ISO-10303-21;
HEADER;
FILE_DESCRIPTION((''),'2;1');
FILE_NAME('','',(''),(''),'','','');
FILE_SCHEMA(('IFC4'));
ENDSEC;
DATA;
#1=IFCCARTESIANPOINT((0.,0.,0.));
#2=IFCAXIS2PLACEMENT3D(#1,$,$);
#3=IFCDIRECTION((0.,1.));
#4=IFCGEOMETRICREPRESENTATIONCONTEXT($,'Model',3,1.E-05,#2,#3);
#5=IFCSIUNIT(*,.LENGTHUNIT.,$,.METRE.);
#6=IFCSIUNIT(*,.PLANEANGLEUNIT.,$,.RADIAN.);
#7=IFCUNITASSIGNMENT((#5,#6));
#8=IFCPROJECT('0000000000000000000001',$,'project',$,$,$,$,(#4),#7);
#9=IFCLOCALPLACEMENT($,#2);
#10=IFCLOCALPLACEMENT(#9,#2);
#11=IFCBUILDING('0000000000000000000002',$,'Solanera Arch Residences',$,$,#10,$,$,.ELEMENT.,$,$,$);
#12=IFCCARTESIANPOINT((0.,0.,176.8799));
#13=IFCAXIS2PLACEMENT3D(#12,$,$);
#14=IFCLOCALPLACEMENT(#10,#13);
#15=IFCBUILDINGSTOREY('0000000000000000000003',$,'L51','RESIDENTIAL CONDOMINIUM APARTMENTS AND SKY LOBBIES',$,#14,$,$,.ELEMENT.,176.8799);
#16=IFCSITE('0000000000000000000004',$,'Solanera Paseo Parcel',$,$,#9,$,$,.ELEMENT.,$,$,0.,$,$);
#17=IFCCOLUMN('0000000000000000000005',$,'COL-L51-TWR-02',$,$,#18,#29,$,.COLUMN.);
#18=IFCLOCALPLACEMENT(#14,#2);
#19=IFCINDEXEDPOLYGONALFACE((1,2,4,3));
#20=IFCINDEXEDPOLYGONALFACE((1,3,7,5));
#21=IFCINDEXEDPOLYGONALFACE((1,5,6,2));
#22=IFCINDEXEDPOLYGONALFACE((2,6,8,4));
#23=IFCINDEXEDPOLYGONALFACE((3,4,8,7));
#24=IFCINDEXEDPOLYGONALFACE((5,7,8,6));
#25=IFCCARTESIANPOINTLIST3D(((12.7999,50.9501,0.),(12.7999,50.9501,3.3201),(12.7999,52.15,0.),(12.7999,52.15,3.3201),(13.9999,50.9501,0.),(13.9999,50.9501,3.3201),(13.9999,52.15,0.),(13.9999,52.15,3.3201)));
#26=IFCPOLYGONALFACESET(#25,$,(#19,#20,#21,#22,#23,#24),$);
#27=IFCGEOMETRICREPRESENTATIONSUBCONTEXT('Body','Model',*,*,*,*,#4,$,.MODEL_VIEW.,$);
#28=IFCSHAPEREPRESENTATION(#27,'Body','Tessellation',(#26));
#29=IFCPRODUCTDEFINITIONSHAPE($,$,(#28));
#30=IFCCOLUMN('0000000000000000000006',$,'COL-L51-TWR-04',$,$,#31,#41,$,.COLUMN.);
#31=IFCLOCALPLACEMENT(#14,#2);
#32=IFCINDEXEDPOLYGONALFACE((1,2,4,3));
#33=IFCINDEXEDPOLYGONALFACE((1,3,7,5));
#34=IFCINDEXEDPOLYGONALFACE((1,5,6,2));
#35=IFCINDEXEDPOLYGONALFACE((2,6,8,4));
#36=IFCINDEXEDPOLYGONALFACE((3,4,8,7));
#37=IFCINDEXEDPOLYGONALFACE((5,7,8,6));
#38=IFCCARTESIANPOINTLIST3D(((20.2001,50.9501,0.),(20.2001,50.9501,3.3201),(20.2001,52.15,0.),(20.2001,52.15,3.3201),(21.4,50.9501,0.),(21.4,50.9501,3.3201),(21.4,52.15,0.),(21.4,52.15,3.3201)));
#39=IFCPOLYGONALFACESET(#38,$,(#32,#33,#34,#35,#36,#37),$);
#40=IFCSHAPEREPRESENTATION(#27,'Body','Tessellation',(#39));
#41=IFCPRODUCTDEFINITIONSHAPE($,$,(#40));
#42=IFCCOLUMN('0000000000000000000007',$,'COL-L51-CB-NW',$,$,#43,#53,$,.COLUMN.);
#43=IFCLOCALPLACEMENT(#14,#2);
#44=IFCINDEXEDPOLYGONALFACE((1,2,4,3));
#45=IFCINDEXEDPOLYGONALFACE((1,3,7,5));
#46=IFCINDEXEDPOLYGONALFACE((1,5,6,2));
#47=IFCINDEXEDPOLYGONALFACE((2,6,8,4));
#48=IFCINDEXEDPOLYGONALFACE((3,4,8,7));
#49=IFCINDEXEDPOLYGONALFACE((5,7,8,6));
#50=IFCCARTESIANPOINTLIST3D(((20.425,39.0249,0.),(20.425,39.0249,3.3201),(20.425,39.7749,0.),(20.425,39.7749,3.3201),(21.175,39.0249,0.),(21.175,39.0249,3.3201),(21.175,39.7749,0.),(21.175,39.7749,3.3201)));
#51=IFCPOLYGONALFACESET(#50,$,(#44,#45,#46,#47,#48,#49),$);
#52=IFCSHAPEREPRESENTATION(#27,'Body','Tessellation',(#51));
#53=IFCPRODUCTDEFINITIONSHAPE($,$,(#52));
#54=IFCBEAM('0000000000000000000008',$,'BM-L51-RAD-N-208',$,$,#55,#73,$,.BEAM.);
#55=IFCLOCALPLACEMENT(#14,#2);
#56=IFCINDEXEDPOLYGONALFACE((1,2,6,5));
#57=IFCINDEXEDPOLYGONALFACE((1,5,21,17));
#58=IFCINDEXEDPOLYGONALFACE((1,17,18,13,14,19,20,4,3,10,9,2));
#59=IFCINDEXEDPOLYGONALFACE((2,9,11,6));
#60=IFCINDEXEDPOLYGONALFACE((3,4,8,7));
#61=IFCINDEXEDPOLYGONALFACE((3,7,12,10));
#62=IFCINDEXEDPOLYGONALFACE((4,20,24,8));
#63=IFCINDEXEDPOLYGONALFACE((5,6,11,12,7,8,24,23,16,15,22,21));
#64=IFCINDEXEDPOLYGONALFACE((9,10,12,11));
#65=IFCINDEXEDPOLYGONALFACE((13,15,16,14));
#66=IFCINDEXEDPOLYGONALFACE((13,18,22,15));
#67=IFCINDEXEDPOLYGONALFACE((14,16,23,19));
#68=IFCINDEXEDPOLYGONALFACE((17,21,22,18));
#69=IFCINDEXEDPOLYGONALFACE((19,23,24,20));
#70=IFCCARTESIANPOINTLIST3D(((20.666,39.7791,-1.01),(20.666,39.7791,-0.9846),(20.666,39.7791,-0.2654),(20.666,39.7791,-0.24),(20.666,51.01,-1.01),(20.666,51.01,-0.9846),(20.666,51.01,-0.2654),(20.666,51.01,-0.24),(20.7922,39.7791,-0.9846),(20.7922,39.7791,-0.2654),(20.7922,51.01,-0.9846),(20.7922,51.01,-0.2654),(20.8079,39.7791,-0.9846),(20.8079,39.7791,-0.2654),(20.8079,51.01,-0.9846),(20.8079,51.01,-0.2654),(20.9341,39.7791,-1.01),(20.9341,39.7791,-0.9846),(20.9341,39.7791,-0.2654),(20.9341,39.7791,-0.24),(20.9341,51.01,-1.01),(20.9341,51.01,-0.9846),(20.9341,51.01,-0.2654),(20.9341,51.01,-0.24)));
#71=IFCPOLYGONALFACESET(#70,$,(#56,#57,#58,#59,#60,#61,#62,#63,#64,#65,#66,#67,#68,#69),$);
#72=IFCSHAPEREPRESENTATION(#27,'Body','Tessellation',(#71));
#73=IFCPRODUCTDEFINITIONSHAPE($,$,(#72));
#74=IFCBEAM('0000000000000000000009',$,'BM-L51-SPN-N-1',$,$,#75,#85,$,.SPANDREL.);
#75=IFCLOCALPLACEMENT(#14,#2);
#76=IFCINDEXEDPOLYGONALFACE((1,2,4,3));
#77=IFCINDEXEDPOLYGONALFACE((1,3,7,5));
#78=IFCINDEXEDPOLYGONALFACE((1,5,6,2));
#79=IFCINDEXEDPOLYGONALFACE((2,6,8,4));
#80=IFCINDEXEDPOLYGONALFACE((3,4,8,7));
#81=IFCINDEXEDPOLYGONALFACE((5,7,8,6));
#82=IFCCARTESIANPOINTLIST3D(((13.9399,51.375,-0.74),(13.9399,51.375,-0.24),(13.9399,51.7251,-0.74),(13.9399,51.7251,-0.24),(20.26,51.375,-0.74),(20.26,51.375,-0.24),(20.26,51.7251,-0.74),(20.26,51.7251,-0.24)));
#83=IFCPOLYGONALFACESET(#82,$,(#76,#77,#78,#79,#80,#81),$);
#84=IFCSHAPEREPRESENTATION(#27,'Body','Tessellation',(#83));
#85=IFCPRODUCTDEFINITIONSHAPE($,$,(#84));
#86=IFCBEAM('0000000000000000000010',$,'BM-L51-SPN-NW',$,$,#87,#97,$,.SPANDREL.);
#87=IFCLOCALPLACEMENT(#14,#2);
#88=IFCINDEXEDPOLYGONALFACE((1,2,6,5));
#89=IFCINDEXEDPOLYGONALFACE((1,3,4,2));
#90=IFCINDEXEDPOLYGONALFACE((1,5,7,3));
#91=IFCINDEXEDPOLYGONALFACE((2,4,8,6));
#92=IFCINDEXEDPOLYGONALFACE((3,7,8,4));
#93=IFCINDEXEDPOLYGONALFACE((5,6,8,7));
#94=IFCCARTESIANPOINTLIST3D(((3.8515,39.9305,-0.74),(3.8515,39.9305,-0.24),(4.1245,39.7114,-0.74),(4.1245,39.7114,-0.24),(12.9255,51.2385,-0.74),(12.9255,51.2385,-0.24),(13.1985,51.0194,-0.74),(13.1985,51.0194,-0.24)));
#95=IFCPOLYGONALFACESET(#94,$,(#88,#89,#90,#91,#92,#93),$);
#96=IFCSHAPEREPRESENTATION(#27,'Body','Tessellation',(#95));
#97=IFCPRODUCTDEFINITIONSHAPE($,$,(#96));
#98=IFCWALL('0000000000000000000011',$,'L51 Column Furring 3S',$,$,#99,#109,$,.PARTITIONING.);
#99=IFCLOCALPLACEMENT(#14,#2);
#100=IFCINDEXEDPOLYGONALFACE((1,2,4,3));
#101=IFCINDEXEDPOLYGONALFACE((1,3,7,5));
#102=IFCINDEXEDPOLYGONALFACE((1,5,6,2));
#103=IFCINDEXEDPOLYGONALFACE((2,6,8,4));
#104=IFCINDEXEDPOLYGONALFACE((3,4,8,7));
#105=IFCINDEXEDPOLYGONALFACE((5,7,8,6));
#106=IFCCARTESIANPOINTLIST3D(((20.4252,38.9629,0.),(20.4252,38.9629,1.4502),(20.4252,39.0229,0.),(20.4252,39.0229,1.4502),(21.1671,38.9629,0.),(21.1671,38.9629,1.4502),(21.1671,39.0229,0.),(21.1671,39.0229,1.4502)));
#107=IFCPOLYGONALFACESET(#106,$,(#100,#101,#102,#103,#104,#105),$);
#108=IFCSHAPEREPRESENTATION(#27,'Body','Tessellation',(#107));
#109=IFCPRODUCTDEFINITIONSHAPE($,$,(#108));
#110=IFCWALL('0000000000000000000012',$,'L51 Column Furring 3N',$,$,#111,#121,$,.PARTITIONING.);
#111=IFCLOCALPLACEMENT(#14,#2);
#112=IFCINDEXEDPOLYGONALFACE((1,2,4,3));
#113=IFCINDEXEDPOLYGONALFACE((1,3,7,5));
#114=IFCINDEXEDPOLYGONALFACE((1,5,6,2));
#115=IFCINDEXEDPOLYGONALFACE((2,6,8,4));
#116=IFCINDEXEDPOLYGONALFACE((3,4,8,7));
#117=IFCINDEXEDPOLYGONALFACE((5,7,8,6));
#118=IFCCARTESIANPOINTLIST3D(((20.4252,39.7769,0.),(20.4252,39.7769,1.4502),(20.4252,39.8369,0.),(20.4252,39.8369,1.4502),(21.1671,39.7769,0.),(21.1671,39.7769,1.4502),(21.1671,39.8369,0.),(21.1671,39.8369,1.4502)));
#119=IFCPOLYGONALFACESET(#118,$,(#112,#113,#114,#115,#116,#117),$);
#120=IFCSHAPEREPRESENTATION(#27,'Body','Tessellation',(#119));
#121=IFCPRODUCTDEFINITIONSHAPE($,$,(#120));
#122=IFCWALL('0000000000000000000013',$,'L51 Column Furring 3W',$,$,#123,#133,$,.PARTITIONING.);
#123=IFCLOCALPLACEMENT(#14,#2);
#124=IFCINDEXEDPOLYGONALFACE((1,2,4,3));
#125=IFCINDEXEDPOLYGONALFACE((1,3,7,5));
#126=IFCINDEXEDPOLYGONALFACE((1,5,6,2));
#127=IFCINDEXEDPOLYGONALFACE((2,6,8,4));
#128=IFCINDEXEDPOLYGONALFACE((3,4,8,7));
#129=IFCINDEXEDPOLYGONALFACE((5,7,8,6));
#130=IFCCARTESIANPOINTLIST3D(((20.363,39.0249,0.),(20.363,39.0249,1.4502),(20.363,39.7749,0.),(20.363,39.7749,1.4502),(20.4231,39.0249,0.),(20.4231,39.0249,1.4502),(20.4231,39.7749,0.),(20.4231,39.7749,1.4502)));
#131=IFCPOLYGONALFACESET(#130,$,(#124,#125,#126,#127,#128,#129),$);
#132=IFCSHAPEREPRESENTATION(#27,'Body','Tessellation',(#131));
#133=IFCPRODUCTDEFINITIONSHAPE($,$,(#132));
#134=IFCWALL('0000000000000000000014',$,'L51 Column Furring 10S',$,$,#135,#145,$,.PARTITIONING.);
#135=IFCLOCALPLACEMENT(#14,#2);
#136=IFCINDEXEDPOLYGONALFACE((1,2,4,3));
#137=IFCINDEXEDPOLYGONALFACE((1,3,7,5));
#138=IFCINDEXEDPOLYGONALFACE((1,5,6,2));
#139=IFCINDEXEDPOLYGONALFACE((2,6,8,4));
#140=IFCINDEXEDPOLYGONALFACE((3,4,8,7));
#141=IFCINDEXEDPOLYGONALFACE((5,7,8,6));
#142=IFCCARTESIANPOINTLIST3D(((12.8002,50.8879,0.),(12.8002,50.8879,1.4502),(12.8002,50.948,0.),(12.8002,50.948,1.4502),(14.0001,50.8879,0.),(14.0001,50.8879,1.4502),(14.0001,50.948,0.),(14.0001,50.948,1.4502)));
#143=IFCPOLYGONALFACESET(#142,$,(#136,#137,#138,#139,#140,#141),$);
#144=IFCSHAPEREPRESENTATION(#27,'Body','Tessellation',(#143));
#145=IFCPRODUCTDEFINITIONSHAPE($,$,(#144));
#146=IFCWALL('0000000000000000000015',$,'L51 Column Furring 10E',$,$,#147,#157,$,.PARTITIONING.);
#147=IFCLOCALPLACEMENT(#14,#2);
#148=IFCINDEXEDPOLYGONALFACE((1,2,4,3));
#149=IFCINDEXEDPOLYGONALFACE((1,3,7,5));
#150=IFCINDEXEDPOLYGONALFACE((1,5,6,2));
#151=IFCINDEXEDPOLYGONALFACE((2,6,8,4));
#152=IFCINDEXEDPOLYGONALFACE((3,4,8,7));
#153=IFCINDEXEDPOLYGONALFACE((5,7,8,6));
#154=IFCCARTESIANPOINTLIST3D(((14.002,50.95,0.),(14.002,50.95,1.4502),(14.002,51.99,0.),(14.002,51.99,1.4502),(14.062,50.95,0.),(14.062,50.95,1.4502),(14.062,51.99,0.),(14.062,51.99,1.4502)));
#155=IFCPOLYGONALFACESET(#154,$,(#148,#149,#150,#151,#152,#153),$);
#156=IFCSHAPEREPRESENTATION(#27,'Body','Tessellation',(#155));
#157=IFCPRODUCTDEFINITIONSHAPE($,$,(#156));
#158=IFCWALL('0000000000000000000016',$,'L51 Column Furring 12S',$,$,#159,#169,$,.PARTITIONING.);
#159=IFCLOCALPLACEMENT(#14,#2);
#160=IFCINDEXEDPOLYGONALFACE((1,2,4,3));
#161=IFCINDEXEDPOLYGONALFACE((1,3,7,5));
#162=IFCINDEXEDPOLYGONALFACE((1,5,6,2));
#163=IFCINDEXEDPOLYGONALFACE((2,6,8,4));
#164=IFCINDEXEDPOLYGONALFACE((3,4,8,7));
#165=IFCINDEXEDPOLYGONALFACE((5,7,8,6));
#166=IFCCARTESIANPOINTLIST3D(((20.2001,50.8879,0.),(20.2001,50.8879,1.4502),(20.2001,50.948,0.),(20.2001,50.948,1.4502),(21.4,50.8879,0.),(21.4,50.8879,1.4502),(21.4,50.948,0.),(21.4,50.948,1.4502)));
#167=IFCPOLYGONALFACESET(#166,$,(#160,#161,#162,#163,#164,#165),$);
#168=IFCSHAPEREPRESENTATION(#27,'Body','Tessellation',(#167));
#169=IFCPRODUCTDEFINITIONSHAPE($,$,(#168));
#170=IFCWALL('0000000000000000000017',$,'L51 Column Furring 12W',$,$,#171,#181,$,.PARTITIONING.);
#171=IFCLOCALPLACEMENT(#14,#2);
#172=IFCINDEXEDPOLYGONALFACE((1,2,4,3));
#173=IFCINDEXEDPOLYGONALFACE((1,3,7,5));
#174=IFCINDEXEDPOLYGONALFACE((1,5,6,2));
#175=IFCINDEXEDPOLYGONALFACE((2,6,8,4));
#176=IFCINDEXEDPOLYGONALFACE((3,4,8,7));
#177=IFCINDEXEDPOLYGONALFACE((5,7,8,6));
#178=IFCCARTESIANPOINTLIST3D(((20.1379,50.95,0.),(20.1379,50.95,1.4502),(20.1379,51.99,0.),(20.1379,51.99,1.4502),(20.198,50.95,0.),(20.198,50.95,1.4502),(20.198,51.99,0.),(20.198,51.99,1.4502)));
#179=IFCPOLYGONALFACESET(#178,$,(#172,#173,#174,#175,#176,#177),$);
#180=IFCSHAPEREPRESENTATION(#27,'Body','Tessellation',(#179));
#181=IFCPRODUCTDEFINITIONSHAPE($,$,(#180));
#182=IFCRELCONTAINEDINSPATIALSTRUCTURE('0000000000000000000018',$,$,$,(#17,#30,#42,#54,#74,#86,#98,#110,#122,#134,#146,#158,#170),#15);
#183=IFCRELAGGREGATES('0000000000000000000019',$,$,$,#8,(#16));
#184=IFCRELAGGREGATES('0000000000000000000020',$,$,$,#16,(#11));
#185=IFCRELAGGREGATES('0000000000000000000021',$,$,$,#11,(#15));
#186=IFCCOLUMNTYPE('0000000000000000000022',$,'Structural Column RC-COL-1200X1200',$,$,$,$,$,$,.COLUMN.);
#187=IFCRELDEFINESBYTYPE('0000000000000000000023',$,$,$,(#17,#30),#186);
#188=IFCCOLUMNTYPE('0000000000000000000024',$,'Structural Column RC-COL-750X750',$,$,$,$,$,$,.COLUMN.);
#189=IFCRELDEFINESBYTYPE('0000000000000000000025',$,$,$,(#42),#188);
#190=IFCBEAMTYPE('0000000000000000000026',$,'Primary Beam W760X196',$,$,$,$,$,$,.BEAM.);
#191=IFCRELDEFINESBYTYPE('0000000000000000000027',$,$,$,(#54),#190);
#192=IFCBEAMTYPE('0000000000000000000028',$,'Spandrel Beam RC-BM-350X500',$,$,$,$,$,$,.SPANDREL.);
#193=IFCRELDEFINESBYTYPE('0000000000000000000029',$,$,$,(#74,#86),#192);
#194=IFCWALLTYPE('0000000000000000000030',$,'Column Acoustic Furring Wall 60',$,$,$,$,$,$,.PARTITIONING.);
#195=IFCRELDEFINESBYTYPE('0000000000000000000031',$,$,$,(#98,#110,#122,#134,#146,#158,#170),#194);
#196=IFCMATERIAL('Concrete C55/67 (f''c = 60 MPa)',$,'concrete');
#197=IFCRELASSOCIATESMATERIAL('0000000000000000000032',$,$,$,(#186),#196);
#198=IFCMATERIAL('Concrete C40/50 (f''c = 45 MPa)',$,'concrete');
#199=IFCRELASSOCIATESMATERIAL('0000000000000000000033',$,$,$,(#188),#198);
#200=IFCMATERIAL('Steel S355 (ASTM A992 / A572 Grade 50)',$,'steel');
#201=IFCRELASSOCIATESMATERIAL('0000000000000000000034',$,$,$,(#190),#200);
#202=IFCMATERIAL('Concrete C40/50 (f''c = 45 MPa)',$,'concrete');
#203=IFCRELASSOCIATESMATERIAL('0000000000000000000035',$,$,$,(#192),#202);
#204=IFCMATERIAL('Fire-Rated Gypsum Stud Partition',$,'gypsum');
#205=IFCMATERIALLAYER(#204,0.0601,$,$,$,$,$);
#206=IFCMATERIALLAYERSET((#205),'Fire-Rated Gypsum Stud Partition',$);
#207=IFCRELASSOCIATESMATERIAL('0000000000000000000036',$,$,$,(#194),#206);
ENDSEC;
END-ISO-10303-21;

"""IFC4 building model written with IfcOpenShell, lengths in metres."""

from ifc_helpers import new_model, si_unit, direction, frame, frame_2d, origin, origin_2d, place, context, subcontext, project, spatial, rectangle, i_section, extrude, material, layer, layer_set, material_profile, profile_set, type_object, element, save


model = new_model("IFC4")

# Units and contexts
model_context = context("Model", 3, precision=1e-05, world=origin(), true_north=direction((0.0, 1.0)))
body_context = subcontext(model_context, "Body", "Model", "MODEL_VIEW")
ifc_project = project(units=[si_unit("LENGTHUNIT", "METRE"), si_unit("PLANEANGLEUNIT", "RADIAN")], contexts=[model_context])

# Site, building, storey
site_placement = place(None, origin())
site = spatial("IfcSite", under=ifc_project, at=site_placement, Name="Solanera Paseo Parcel", CompositionType="ELEMENT", RefElevation=0.0)
building_placement = place(site_placement, origin())
building = spatial("IfcBuilding", under=site, at=building_placement, Name="Solanera Arch Residences", CompositionType="ELEMENT")
storey_placement = place(building_placement, frame((0.0, 0.0, 176.8799)))
storey = spatial("IfcBuildingStorey", under=building, at=storey_placement, Name="L51", Description="RESIDENTIAL CONDOMINIUM APARTMENTS AND SKY LOBBIES", CompositionType="ELEMENT", Elevation=176.8799)

# Columns
ifc_material_1 = material(Name="Concrete C55/67 (f'c = 60 MPa)", Category="concrete")
ifc_material_profile_1 = material_profile(ifc_material_1, rectangle(XDim=1.2, YDim=1.2, at=origin_2d()))
ifc_profile_set_1 = profile_set([ifc_material_profile_1], Name="Concrete C55/67 (f'c = 60 MPa)")
column_type_1 = type_object("IfcColumnType", Name="Structural Column RC-COL-1200X1200", PredefinedType="COLUMN", material=ifc_profile_set_1)
for number, where, z_axis, x_axis, name in (
    (1, (13.3999, 51.55, 0.0), (0.0, 0.0, 1.0), (1.0, 0.0, 0.0), "COL-L51-TWR-02"),
    (2, (20.8, 51.55, 0.0), (0.0, 0.0, 1.0), (1.0, 0.0, 0.0), "COL-L51-TWR-04"),
):
    element("IfcColumn", number, at=place(storey_placement, frame(where, z_axis=z_axis, x_axis=x_axis)), inside=storey, type_object=column_type_1, Name=name, PredefinedType="COLUMN", context=body_context, shape_type="SweptSolid", body=[
        extrude(rectangle(XDim=1.2, YDim=1.2, at=origin_2d()), origin(), (0.0, 0.0, 1.0), 3.3201),
    ])
ifc_material_2 = material(Name="Concrete C40/50 (f'c = 45 MPa)", Category="concrete")
ifc_material_profile_2 = material_profile(ifc_material_2, rectangle(XDim=0.75, YDim=0.75, at=origin_2d()))
ifc_profile_set_2 = profile_set([ifc_material_profile_2], Name="Concrete C40/50 (f'c = 45 MPa)")
column_type_2 = type_object("IfcColumnType", Name="Structural Column RC-COL-750X750", PredefinedType="COLUMN", material=ifc_profile_set_2)
column_placement = place(storey_placement, frame((20.8, 39.3999, 0.0), z_axis=(0.0, 0.0, 1.0), x_axis=(1.0, 0.0, 0.0)))
element("IfcColumn", 3, at=column_placement, inside=storey, type_object=column_type_2, Name="COL-L51-CB-NW", PredefinedType="COLUMN", context=body_context, shape_type="SweptSolid", body=[
    extrude(rectangle(XDim=0.75, YDim=0.75, at=origin_2d()), origin(), (0.0, 0.0, 1.0), 3.3201),
])

# Beams
ifc_material_3 = material(Name="Steel S355 (ASTM A992 / A572 Grade 50)", Category="steel")
ifc_material_profile_3 = material_profile(ifc_material_3, i_section(OverallWidth=0.2681, OverallDepth=0.77, WebThickness=0.0156, FlangeThickness=0.0254, at=origin_2d()))
ifc_profile_set_3 = profile_set([ifc_material_profile_3], Name="Steel S355 (ASTM A992 / A572 Grade 50)")
beam_type_1 = type_object("IfcBeamType", Name="Primary Beam W760X196", PredefinedType="BEAM", material=ifc_profile_set_3)
beam_1_placement = place(storey_placement, frame((20.8, 39.7791, -0.625), z_axis=(0.0, 1.0, 0.0), x_axis=(-1.0, 0.0, 0.0)))
element("IfcBeam", 4, at=beam_1_placement, inside=storey, type_object=beam_type_1, Name="BM-L51-RAD-N-208", PredefinedType="BEAM", context=body_context, shape_type="SweptSolid", body=[
    extrude(i_section(OverallWidth=0.2681, OverallDepth=0.77, WebThickness=0.0156, FlangeThickness=0.0254, at=origin_2d()), origin(), (0.0, 0.0, 1.0), 11.231),
])
ifc_material_4 = material(Name="Concrete C40/50 (f'c = 45 MPa)", Category="concrete")
ifc_material_profile_4 = material_profile(ifc_material_4, rectangle(XDim=0.3501, YDim=0.5, at=origin_2d()))
ifc_profile_set_4 = profile_set([ifc_material_profile_4], Name="Concrete C40/50 (f'c = 45 MPa)")
beam_type_2 = type_object("IfcBeamType", Name="Spandrel Beam RC-BM-350X500", PredefinedType="SPANDREL", material=ifc_profile_set_4)
beam_2_placement = place(storey_placement, frame((13.9399, 51.55, -0.49), z_axis=(1.0, 0.0, 0.0), x_axis=(0.0, 1.0, 0.0)))
element("IfcBeam", 5, at=beam_2_placement, inside=storey, type_object=beam_type_2, Name="BM-L51-SPN-N-1", PredefinedType="SPANDREL", context=body_context, shape_type="SweptSolid", body=[
    extrude(rectangle(XDim=0.3501, YDim=0.5, at=origin_2d()), origin(), (0.0, 0.0, 1.0), 6.3201),
])
beam_3_placement = place(storey_placement, frame((13.062, 51.1289, -0.49), z_axis=(-0.625859, -0.779936, 0.0), x_axis=(0.779936, -0.625859, 0.0)))
element("IfcBeam", 6, at=beam_3_placement, inside=storey, type_object=beam_type_2, Name="BM-L51-SPN-NW", PredefinedType="SPANDREL", context=body_context, shape_type="SweptSolid", body=[
    extrude(rectangle(XDim=0.3501, YDim=0.5, at=origin_2d()), origin(), (0.0, 0.0, 1.0), 14.4985),
])

# Walls
ifc_material_5 = material(Name="Fire-Rated Gypsum Stud Partition", Category="gypsum")
ifc_layer_1 = layer(ifc_material_5, 0.0601)
ifc_layer_set_1 = layer_set([ifc_layer_1], Name="Fire-Rated Gypsum Stud Partition")
wall_type_1 = type_object("IfcWallType", Name="Column Acoustic Furring Wall 60", PredefinedType="PARTITIONING", material=ifc_layer_set_1)
for number, where, z_axis, x_axis, name in (
    (7, (20.425, 38.9929, 0.0), (0.0, 0.0, 1.0), (1.0, 0.0, 0.0), "L51 Column Furring 3S"),
    (8, (20.425, 39.8069, 0.0), (0.0, 0.0, 1.0), (1.0, 0.0, 0.0), "L51 Column Furring 3N"),
):
    element("IfcWall", number, at=place(storey_placement, frame(where, z_axis=z_axis, x_axis=x_axis)), inside=storey, type_object=wall_type_1, Name=name, PredefinedType="PARTITIONING", context=body_context, shape_type="SweptSolid", body=[
        extrude(rectangle(XDim=0.7419, YDim=0.0601, at=frame_2d((0.3711, 0.0))), origin(), (0.0, 0.0, 1.0), 1.4502),
    ])
wall_1_placement = place(storey_placement, frame((20.3931, 39.0249, 0.0), z_axis=(0.0, 0.0, 1.0), x_axis=(0.0, 1.0, 0.0)))
element("IfcWall", 9, at=wall_1_placement, inside=storey, type_object=wall_type_1, Name="L51 Column Furring 3W", PredefinedType="PARTITIONING", context=body_context, shape_type="SweptSolid", body=[
    extrude(rectangle(XDim=0.75, YDim=0.0601, at=frame_2d((0.375, 0.0))), origin(), (0.0, 0.0, 1.0), 1.4502),
])
wall_2_placement = place(storey_placement, frame((12.8, 50.918, 0.0), z_axis=(0.0, 0.0, 1.0), x_axis=(1.0, 0.0, 0.0)))
element("IfcWall", 10, at=wall_2_placement, inside=storey, type_object=wall_type_1, Name="L51 Column Furring 10S", PredefinedType="PARTITIONING", context=body_context, shape_type="SweptSolid", body=[
    extrude(rectangle(XDim=1.2, YDim=0.0601, at=frame_2d((0.6001, 0.0))), origin(), (0.0, 0.0, 1.0), 1.4502),
])
wall_3_placement = place(storey_placement, frame((14.032, 50.95, 0.0), z_axis=(0.0, 0.0, 1.0), x_axis=(0.0, 1.0, 0.0)))
element("IfcWall", 11, at=wall_3_placement, inside=storey, type_object=wall_type_1, Name="L51 Column Furring 10E", PredefinedType="PARTITIONING", context=body_context, shape_type="SweptSolid", body=[
    extrude(rectangle(XDim=1.04, YDim=0.0601, at=frame_2d((0.52, 0.0))), origin(), (0.0, 0.0, 1.0), 1.4502),
])
wall_4_placement = place(storey_placement, frame((20.2, 50.918, 0.0), z_axis=(0.0, 0.0, 1.0), x_axis=(1.0, 0.0, 0.0)))
element("IfcWall", 12, at=wall_4_placement, inside=storey, type_object=wall_type_1, Name="L51 Column Furring 12S", PredefinedType="PARTITIONING", context=body_context, shape_type="SweptSolid", body=[
    extrude(rectangle(XDim=1.2, YDim=0.0601, at=frame_2d((0.6001, 0.0))), origin(), (0.0, 0.0, 1.0), 1.4502),
])
wall_5_placement = place(storey_placement, frame((20.168, 50.95, 0.0), z_axis=(0.0, 0.0, 1.0), x_axis=(0.0, 1.0, 0.0)))
element("IfcWall", 13, at=wall_5_placement, inside=storey, type_object=wall_type_1, Name="L51 Column Furring 12W", PredefinedType="PARTITIONING", context=body_context, shape_type="SweptSolid", body=[
    extrude(rectangle(XDim=1.04, YDim=0.0601, at=frame_2d((0.52, 0.0))), origin(), (0.0, 0.0, 1.0), 1.4502),
])

save(model, "model.ifc")
